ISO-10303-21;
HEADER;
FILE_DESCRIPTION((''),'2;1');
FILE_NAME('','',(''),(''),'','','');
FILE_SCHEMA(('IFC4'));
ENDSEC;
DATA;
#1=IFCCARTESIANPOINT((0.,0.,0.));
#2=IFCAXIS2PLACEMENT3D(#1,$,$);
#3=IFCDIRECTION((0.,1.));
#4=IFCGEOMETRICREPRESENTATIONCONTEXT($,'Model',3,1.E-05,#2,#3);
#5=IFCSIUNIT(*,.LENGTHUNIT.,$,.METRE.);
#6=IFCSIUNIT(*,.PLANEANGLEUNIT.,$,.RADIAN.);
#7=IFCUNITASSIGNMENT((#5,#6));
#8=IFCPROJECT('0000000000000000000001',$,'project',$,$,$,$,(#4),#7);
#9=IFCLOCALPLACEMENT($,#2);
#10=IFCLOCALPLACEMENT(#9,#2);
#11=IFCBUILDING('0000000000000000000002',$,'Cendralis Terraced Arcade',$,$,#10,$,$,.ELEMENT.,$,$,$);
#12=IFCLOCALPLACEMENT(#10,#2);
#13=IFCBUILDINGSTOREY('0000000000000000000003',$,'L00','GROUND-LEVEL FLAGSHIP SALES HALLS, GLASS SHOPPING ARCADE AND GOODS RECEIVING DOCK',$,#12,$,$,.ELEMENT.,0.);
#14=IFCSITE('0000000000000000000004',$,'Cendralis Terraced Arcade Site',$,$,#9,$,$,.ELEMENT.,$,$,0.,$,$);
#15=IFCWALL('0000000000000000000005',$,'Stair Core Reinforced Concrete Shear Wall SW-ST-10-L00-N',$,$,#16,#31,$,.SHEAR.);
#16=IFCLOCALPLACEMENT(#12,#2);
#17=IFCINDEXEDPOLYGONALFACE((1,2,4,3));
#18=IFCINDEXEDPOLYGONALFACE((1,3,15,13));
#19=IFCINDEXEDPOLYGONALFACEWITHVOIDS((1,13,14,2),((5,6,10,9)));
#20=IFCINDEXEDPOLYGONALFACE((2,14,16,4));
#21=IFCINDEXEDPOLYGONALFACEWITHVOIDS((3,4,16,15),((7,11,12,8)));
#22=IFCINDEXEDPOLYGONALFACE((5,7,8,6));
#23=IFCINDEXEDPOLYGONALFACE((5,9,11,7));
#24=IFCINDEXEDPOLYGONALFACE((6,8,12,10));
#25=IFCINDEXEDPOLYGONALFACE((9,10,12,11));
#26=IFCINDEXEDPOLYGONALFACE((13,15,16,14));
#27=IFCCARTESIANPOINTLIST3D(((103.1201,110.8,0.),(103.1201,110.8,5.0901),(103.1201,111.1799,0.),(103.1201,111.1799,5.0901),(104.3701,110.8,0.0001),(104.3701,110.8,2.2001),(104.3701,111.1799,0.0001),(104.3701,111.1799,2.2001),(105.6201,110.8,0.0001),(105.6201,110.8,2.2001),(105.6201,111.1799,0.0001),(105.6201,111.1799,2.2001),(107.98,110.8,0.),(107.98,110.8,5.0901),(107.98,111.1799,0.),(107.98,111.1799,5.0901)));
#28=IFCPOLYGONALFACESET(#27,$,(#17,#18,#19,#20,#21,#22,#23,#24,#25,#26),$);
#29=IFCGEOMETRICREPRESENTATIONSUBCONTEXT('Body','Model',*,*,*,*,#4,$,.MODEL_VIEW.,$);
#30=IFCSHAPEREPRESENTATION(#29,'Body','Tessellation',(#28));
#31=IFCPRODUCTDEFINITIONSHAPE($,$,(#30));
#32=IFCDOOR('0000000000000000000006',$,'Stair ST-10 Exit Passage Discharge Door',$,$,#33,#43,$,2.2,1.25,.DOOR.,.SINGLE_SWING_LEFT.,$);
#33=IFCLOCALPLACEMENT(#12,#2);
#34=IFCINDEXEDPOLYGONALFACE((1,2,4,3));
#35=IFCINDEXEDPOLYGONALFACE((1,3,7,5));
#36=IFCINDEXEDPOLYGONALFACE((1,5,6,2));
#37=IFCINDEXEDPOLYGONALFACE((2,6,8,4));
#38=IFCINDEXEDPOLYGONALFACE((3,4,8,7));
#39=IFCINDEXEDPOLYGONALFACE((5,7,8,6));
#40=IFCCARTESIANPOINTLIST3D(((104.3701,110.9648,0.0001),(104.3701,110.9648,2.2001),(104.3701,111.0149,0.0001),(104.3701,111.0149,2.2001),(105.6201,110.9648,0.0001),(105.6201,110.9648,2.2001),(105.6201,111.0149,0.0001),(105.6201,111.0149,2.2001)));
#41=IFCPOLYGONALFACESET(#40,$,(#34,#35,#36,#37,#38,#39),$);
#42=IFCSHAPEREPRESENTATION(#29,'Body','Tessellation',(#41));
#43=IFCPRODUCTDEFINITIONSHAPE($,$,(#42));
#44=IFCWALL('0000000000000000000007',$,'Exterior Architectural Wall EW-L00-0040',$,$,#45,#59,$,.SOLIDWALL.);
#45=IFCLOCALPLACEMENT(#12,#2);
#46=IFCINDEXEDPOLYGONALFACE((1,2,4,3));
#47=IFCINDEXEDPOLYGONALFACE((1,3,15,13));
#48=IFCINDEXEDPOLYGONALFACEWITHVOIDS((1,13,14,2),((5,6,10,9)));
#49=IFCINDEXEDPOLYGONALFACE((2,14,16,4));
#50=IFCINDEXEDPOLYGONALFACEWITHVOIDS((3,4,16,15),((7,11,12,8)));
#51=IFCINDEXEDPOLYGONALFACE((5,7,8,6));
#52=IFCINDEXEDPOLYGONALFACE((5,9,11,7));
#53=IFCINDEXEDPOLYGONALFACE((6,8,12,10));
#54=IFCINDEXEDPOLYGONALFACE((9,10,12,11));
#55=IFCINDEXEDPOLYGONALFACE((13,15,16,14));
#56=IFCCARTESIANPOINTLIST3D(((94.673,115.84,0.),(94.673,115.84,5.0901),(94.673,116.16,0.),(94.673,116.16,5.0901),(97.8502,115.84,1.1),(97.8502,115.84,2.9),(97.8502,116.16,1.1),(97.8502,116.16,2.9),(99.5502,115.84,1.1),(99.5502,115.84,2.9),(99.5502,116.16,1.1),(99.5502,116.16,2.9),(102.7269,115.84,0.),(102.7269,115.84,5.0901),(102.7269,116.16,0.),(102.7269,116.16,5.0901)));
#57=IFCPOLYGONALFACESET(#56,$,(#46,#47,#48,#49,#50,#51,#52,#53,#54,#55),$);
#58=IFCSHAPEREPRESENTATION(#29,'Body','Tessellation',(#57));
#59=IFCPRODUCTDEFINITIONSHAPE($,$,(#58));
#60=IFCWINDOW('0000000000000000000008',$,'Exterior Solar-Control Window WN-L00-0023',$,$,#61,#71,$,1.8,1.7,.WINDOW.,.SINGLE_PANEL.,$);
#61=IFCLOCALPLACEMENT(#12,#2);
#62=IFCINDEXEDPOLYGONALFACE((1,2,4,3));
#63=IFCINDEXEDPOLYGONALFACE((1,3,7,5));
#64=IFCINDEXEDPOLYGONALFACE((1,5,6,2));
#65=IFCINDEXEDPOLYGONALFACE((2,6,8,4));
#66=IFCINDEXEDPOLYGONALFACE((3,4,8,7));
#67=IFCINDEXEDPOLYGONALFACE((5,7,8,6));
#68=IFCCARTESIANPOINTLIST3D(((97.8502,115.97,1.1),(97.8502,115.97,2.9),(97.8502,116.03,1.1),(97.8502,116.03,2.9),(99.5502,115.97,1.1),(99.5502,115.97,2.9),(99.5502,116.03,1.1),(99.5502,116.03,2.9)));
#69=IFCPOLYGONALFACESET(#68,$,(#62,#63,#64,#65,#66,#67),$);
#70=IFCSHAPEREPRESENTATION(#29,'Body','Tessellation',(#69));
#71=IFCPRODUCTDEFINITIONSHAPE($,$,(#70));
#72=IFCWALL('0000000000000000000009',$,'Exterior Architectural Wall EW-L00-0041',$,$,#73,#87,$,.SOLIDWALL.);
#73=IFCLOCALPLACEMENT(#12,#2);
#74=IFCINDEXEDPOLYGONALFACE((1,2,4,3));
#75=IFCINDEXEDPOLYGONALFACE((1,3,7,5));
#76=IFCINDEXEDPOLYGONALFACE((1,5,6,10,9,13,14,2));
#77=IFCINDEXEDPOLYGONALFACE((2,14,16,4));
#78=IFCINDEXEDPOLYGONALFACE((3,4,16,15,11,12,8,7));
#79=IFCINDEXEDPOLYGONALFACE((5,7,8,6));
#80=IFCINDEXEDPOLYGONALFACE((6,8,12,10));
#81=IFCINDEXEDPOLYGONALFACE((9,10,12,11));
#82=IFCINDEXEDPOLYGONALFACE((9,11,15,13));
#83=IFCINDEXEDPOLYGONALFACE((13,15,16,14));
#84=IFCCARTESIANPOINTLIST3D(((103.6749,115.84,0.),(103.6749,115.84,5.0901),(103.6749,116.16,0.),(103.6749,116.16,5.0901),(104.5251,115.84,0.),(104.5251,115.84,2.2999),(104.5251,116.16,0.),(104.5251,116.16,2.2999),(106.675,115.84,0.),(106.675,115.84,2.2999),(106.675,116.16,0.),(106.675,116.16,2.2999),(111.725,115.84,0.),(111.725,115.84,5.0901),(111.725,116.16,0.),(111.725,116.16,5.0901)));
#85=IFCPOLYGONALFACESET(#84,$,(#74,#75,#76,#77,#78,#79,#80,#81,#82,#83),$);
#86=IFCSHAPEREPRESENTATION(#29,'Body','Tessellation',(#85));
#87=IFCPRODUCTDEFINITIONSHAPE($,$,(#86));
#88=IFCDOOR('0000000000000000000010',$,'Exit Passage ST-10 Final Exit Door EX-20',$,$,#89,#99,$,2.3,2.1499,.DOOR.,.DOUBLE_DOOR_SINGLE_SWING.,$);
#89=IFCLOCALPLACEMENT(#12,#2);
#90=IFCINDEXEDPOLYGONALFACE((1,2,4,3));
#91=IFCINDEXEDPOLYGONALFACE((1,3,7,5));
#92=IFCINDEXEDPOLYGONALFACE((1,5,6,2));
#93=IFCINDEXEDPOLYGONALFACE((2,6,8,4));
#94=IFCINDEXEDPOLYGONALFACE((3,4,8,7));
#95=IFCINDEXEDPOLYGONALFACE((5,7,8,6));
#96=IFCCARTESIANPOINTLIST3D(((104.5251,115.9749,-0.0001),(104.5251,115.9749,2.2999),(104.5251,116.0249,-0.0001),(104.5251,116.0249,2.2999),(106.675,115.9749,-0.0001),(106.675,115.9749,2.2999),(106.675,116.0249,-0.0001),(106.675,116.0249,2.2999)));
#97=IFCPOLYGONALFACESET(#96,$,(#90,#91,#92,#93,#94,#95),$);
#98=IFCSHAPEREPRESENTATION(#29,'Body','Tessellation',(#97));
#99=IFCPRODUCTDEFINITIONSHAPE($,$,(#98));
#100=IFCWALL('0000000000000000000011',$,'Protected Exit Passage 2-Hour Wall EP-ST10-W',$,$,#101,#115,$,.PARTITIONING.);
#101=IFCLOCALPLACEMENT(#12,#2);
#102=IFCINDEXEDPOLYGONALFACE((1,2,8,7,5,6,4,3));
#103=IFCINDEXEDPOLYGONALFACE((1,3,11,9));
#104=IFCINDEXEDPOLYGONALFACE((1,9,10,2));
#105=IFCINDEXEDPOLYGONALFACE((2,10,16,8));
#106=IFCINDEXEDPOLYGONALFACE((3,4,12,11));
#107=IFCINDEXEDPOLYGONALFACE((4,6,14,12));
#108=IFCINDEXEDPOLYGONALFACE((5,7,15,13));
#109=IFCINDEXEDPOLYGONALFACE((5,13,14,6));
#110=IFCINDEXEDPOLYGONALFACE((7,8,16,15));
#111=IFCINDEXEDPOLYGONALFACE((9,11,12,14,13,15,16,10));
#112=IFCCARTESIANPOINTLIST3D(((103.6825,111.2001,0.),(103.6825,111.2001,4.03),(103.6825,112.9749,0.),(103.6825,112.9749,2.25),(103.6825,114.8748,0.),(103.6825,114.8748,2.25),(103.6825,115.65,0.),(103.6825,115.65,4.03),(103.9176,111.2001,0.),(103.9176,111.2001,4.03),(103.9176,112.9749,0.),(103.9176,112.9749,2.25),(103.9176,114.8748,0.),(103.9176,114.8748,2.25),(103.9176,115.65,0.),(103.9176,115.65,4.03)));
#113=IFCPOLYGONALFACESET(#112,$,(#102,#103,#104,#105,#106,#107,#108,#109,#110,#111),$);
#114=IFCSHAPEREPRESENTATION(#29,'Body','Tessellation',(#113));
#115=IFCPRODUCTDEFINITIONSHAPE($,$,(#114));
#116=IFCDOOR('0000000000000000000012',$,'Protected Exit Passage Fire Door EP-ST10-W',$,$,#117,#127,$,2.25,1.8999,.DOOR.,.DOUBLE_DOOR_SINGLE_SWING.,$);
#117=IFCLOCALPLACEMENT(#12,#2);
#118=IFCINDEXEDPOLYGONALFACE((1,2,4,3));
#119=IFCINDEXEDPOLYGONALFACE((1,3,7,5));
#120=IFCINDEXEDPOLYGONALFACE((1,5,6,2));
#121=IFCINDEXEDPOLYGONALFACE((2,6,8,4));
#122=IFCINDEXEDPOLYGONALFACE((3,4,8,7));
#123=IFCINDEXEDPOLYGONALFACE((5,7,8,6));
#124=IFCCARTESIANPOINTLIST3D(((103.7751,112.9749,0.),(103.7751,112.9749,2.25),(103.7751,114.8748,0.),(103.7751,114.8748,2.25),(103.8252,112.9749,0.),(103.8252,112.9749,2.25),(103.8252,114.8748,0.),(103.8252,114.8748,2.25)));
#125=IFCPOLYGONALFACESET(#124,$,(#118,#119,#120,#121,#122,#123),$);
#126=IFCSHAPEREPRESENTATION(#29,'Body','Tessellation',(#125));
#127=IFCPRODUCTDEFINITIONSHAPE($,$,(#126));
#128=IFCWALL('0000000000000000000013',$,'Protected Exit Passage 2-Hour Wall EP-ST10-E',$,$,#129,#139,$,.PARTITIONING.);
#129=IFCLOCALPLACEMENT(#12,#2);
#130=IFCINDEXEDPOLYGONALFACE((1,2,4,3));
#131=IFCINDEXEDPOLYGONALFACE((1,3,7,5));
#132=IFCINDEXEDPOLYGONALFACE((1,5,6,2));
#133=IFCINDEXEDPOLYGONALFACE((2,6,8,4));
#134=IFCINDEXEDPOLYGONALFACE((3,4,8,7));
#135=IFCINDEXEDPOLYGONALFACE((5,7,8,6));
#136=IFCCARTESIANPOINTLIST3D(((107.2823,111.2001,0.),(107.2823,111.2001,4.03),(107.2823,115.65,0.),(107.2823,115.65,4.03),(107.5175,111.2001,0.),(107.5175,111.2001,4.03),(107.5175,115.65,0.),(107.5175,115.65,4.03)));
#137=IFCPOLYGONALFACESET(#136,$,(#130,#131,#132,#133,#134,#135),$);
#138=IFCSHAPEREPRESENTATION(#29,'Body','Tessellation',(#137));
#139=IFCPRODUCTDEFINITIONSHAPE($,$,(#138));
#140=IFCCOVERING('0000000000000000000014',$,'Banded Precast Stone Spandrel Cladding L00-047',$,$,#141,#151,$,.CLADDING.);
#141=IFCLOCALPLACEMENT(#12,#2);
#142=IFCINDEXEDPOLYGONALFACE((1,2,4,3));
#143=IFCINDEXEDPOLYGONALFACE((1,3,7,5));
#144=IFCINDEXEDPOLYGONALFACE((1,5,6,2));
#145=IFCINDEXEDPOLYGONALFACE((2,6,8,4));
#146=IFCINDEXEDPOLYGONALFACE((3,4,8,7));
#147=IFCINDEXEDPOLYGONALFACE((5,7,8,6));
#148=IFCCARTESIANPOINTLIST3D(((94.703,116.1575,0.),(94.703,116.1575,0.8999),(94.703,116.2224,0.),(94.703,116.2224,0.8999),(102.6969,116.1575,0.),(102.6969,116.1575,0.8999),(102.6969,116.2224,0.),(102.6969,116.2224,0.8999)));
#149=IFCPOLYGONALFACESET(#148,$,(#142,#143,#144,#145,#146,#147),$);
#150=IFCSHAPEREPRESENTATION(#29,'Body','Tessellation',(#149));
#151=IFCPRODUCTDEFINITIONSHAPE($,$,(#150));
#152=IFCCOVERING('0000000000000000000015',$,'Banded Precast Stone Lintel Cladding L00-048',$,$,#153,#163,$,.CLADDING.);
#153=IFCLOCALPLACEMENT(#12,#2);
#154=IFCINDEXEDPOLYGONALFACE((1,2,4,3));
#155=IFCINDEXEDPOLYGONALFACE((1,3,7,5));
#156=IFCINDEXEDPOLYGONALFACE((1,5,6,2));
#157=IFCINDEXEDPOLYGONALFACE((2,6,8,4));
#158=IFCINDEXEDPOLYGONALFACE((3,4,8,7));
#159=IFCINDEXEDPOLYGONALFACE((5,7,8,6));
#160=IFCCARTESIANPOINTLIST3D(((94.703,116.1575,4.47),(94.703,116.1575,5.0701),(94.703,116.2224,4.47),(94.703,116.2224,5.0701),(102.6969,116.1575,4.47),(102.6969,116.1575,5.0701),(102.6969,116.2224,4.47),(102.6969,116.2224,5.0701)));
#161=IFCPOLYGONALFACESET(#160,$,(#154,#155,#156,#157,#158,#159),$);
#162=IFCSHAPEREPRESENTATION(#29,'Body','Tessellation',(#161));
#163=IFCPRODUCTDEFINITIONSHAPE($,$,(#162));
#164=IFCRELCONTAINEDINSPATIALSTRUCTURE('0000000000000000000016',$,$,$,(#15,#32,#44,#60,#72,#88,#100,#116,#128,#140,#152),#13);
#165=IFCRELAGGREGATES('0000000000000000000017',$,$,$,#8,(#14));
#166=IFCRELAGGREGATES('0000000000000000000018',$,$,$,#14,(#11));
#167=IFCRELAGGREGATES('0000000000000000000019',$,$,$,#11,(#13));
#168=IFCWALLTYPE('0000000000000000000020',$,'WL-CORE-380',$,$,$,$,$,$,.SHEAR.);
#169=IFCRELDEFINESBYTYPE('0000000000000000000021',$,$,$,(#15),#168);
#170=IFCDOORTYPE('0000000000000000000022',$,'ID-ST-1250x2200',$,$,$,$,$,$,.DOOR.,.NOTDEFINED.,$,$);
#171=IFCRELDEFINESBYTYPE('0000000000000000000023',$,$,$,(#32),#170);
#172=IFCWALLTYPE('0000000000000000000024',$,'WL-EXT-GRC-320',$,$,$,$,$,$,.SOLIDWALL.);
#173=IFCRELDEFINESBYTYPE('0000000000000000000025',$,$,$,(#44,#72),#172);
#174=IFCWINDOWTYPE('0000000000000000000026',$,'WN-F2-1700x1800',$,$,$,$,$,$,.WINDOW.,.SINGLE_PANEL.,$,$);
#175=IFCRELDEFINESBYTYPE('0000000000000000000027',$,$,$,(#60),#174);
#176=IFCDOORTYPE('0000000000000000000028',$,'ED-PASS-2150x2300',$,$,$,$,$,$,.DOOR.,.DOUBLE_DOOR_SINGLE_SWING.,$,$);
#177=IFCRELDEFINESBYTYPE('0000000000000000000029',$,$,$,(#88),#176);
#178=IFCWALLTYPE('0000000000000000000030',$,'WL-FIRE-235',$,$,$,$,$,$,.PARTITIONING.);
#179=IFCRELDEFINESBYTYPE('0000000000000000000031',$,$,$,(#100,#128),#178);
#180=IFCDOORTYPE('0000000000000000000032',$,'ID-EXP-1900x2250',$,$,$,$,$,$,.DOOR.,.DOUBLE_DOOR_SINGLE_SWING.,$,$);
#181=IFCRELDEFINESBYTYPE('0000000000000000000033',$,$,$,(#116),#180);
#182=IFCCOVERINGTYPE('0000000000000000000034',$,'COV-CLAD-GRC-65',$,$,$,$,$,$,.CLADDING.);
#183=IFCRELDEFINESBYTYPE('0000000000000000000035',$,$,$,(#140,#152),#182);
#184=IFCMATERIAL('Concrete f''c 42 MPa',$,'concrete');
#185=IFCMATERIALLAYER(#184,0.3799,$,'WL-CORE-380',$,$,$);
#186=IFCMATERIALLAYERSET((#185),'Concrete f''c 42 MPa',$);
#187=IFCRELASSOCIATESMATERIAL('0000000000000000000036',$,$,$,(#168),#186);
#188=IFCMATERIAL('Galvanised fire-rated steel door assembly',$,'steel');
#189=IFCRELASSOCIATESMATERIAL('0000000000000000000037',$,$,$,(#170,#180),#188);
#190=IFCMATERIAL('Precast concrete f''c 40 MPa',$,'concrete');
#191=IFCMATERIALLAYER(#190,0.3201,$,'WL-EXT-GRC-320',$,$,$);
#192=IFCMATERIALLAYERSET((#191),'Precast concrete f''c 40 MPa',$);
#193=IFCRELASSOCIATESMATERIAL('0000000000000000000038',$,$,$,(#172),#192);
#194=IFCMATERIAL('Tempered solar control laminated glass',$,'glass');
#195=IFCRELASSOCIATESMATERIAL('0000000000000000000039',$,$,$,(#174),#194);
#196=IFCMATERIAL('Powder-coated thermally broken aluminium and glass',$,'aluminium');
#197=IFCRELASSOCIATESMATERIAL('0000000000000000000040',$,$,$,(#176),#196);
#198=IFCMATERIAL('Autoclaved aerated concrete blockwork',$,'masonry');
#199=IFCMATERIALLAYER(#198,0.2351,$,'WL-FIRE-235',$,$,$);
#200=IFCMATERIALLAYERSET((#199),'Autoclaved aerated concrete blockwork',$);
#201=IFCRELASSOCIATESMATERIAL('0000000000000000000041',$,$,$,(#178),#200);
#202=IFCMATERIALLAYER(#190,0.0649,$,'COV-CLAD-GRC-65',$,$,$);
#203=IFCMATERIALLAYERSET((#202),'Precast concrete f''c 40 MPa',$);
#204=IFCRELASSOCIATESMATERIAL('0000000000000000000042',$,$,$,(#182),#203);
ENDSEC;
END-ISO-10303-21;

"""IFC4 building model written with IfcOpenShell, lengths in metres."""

from ifc_helpers import new_model, si_unit, direction, frame, frame_2d, origin, origin_2d, place, context, subcontext, project, spatial, rectangle, extrude, material, layer, layer_set, type_object, element, fill, save


model = new_model("IFC4")

# Units and contexts
model_context = context("Model", 3, precision=1e-05, world=origin(), true_north=direction((0.0, 1.0)))
body_context = subcontext(model_context, "Body", "Model", "MODEL_VIEW")
ifc_project = project(units=[si_unit("LENGTHUNIT", "METRE"), si_unit("PLANEANGLEUNIT", "RADIAN")], contexts=[model_context])

# Site, building, storey
site_placement = place(None, origin())
site = spatial("IfcSite", under=ifc_project, at=site_placement, Name="Cendralis Terraced Arcade Site", CompositionType="ELEMENT", RefElevation=0.0)
building_placement = place(site_placement, origin())
building = spatial("IfcBuilding", under=site, at=building_placement, Name="Cendralis Terraced Arcade", CompositionType="ELEMENT")
storey_placement = place(building_placement, origin())
storey = spatial("IfcBuildingStorey", under=building, at=storey_placement, Name="L00", Description="GROUND-LEVEL FLAGSHIP SALES HALLS, GLASS SHOPPING ARCADE AND GOODS RECEIVING DOCK", CompositionType="ELEMENT", Elevation=0.0)

# Shared definitions
ifc_material_1 = material(Name="Concrete f'c 42 MPa", Category="concrete")

# Wall, opening, door
ifc_layer_1 = layer(ifc_material_1, 0.3799, Name="WL-CORE-380")
ifc_layer_set_1 = layer_set([ifc_layer_1], Name="Concrete f'c 42 MPa")
wall_type_1 = type_object("IfcWallType", Name="WL-CORE-380", PredefinedType="SHEAR", material=ifc_layer_set_1)
wall_1_placement = place(storey_placement, frame((103.1201, 110.99, 0.0), z_axis=(0.0, 0.0, 1.0), x_axis=(1.0, 0.0, 0.0)))
wall_1 = element("IfcWall", 1, at=wall_1_placement, inside=storey, type_object=wall_type_1, Name="Stair Core Reinforced Concrete Shear Wall SW-ST-10-L00-N", PredefinedType="SHEAR", context=body_context, shape_type="SweptSolid", body=[
    extrude(rectangle(XDim=4.8599, YDim=0.3799, at=frame_2d((2.4299, 0.0))), origin(), (0.0, 0.0, 1.0), 5.0901),
])
opening_1_placement = place(wall_1_placement, frame((1.25, 0.0, 0.0)))
opening_1 = element("IfcOpeningElement", 2, at=opening_1_placement, cuts=wall_1, PredefinedType="OPENING", context=body_context, shape_type="SweptSolid", body=[
    extrude(rectangle(XDim=1.25, YDim=2.2, at=frame_2d((0.625, 1.1001))), frame((0.0, 0.2019, 0.0), z_axis=(0.0, -1.0, 0.0), x_axis=(1.0, 0.0, 0.0)), (0.0, 0.0, 1.0), 0.4038),
])
ifc_material_2 = material(Name="Galvanised fire-rated steel door assembly", Category="steel")
door_type_1 = type_object("IfcDoorType", Name="ID-ST-1250x2200", OperationType="NOTDEFINED", PredefinedType="DOOR", material=ifc_material_2)
door_1_placement = place(opening_1_placement, origin())
door_1 = element("IfcDoor", 3, at=door_1_placement, inside=storey, type_object=door_type_1, Name="Stair ST-10 Exit Passage Discharge Door", OperationType="SINGLE_SWING_LEFT", OverallHeight=2.2, OverallWidth=1.25, PredefinedType="DOOR", context=body_context, shape_type="SweptSolid", body=[
    extrude(rectangle(XDim=1.25, YDim=2.2, at=frame_2d((0.625, 1.1001))), frame((0.0, 0.0249, 0.0), z_axis=(0.0, -1.0, 0.0), x_axis=(1.0, 0.0, 0.0)), (0.0, 0.0, 1.0), 0.05),
])
fill(opening_1, door_1)

# Wall, opening, window
ifc_material_3 = material(Name="Precast concrete f'c 40 MPa", Category="concrete")
ifc_layer_2 = layer(ifc_material_3, 0.3201, Name="WL-EXT-GRC-320")
ifc_layer_set_2 = layer_set([ifc_layer_2], Name="Precast concrete f'c 40 MPa")
wall_type_2 = type_object("IfcWallType", Name="WL-EXT-GRC-320", PredefinedType="SOLIDWALL", material=ifc_layer_set_2)
wall_2_placement = place(storey_placement, frame((94.6731, 116.0, 0.0), z_axis=(0.0, 0.0, 1.0), x_axis=(1.0, 0.0, 0.0)))
wall_2 = element("IfcWall", 4, at=wall_2_placement, inside=storey, type_object=wall_type_2, Name="Exterior Architectural Wall EW-L00-0040", PredefinedType="SOLIDWALL", context=body_context, shape_type="SweptSolid", body=[
    extrude(rectangle(XDim=8.054, YDim=0.3201, at=frame_2d((4.0269, 0.0))), origin(), (0.0, 0.0, 1.0), 5.0901),
])
opening_2_placement = place(wall_2_placement, frame((3.177, 0.0, 1.1001)))
opening_2 = element("IfcOpeningElement", 5, at=opening_2_placement, cuts=wall_2, PredefinedType="OPENING", context=body_context, shape_type="SweptSolid", body=[
    extrude(rectangle(XDim=1.7, YDim=1.8, at=frame_2d((0.8501, 0.8999))), frame((0.0, 0.1719, 0.0), z_axis=(0.0, -1.0, 0.0), x_axis=(1.0, 0.0, 0.0)), (0.0, 0.0, 1.0), 0.344),
])
ifc_material_4 = material(Name="Tempered solar control laminated glass", Category="glass")
window_type = type_object("IfcWindowType", Name="WN-F2-1700x1800", PartitioningType="SINGLE_PANEL", PredefinedType="WINDOW", material=ifc_material_4)
window_placement = place(opening_2_placement, origin())
window = element("IfcWindow", 6, at=window_placement, inside=storey, type_object=window_type, Name="Exterior Solar-Control Window WN-L00-0023", OverallHeight=1.8, OverallWidth=1.7, PartitioningType="SINGLE_PANEL", PredefinedType="WINDOW", context=body_context, shape_type="SweptSolid", body=[
    extrude(rectangle(XDim=1.7, YDim=1.8, at=frame_2d((0.8501, 0.8999))), frame((0.0, 0.03, 0.0), z_axis=(0.0, -1.0, 0.0), x_axis=(1.0, 0.0, 0.0)), (0.0, 0.0, 1.0), 0.0601),
])
fill(opening_2, window)

# Walls, openings, doors
wall_3_placement = place(storey_placement, frame((103.675, 116.0, 0.0), z_axis=(0.0, 0.0, 1.0), x_axis=(1.0, 0.0, 0.0)))
wall_3 = element("IfcWall", 7, at=wall_3_placement, inside=storey, type_object=wall_type_2, Name="Exterior Architectural Wall EW-L00-0041", PredefinedType="SOLIDWALL", context=body_context, shape_type="SweptSolid", body=[
    extrude(rectangle(XDim=8.05, YDim=0.3201, at=frame_2d((4.0249, 0.0))), origin(), (0.0, 0.0, 1.0), 5.0901),
])
opening_3_placement = place(wall_3_placement, frame((0.8501, 0.0, 0.0)))
opening_3 = element("IfcOpeningElement", 8, at=opening_3_placement, cuts=wall_3, PredefinedType="OPENING", context=body_context, shape_type="SweptSolid", body=[
    extrude(rectangle(XDim=2.1499, YDim=2.3, at=frame_2d((1.075, 1.1499))), frame((0.0, 0.1719, 0.0), z_axis=(0.0, -1.0, 0.0), x_axis=(1.0, 0.0, 0.0)), (0.0, 0.0, 1.0), 0.344),
])
ifc_material_5 = material(Name="Powder-coated thermally broken aluminium and glass", Category="aluminium")
door_type_2 = type_object("IfcDoorType", Name="ED-PASS-2150x2300", OperationType="DOUBLE_DOOR_SINGLE_SWING", PredefinedType="DOOR", material=ifc_material_5)
door_2_placement = place(opening_3_placement, origin())
door_2 = element("IfcDoor", 9, at=door_2_placement, inside=storey, type_object=door_type_2, Name="Exit Passage ST-10 Final Exit Door EX-20", OperationType="DOUBLE_DOOR_SINGLE_SWING", OverallHeight=2.3, OverallWidth=2.1499, PredefinedType="DOOR", context=body_context, shape_type="SweptSolid", body=[
    extrude(rectangle(XDim=2.1499, YDim=2.3, at=frame_2d((1.075, 1.1499))), frame((0.0, 0.0249, 0.0), z_axis=(0.0, -1.0, 0.0), x_axis=(1.0, 0.0, 0.0)), (0.0, 0.0, 1.0), 0.05),
])
fill(opening_3, door_2)
ifc_material_6 = material(Name="Autoclaved aerated concrete blockwork", Category="masonry")
ifc_layer_3 = layer(ifc_material_6, 0.2351, Name="WL-FIRE-235")
ifc_layer_set_3 = layer_set([ifc_layer_3], Name="Autoclaved aerated concrete blockwork")
wall_type_3 = type_object("IfcWallType", Name="WL-FIRE-235", PredefinedType="PARTITIONING", material=ifc_layer_set_3)
wall_4_placement = place(storey_placement, frame((103.8, 111.2, 0.0), z_axis=(0.0, 0.0, 1.0), x_axis=(0.0, 1.0, 0.0)))
wall_4 = element("IfcWall", 10, at=wall_4_placement, inside=storey, type_object=wall_type_3, Name="Protected Exit Passage 2-Hour Wall EP-ST10-W", PredefinedType="PARTITIONING", context=body_context, shape_type="SweptSolid", body=[
    extrude(rectangle(XDim=4.45, YDim=0.2351, at=frame_2d((2.2251, 0.0))), origin(), (0.0, 0.0, 1.0), 4.03),
])
opening_4_placement = place(wall_4_placement, frame((1.7749, 0.0, 0.0)))
opening_4 = element("IfcOpeningElement", 11, at=opening_4_placement, cuts=wall_4, PredefinedType="OPENING", context=body_context, shape_type="SweptSolid", body=[
    extrude(rectangle(XDim=1.8999, YDim=2.25, at=frame_2d((0.95, 1.125))), frame((0.0, 0.1294, 0.0), z_axis=(0.0, -1.0, 0.0), x_axis=(1.0, 0.0, 0.0)), (0.0, 0.0, 1.0), 0.259),
])
door_type_3 = type_object("IfcDoorType", Name="ID-EXP-1900x2250", OperationType="DOUBLE_DOOR_SINGLE_SWING", PredefinedType="DOOR", material=ifc_material_2)
door_3_placement = place(opening_4_placement, origin())
door_3 = element("IfcDoor", 12, at=door_3_placement, inside=storey, type_object=door_type_3, Name="Protected Exit Passage Fire Door EP-ST10-W", OperationType="DOUBLE_DOOR_SINGLE_SWING", OverallHeight=2.25, OverallWidth=1.8999, PredefinedType="DOOR", context=body_context, shape_type="SweptSolid", body=[
    extrude(rectangle(XDim=1.8999, YDim=2.25, at=frame_2d((0.95, 1.125))), frame((0.0, 0.0249, 0.0), z_axis=(0.0, -1.0, 0.0), x_axis=(1.0, 0.0, 0.0)), (0.0, 0.0, 1.0), 0.05),
])
fill(opening_4, door_3)

# Wall
wall_5_placement = place(storey_placement, frame((107.3999, 111.2, 0.0), z_axis=(0.0, 0.0, 1.0), x_axis=(0.0, 1.0, 0.0)))
element("IfcWall", 13, at=wall_5_placement, inside=storey, type_object=wall_type_3, Name="Protected Exit Passage 2-Hour Wall EP-ST10-E", PredefinedType="PARTITIONING", context=body_context, shape_type="SweptSolid", body=[
    extrude(rectangle(XDim=4.45, YDim=0.2351, at=frame_2d((2.2251, 0.0))), origin(), (0.0, 0.0, 1.0), 4.03),
])

# Coverings
ifc_layer_4 = layer(ifc_material_3, 0.0649, Name="COV-CLAD-GRC-65")
ifc_layer_set_4 = layer_set([ifc_layer_4], Name="Precast concrete f'c 40 MPa")
covering_type = type_object("IfcCoveringType", Name="COV-CLAD-GRC-65", PredefinedType="CLADDING", material=ifc_layer_set_4)
covering_1_placement = place(storey_placement, frame((98.7, 116.1899, 0.0), z_axis=(0.0, 0.0, 1.0), x_axis=(1.0, 0.0, 0.0)))
element("IfcCovering", 14, at=covering_1_placement, inside=storey, type_object=covering_type, Name="Banded Precast Stone Spandrel Cladding L00-047", PredefinedType="CLADDING", context=body_context, shape_type="SweptSolid", body=[
    extrude(rectangle(XDim=7.9939, YDim=0.0649, at=origin_2d()), origin(), (0.0, 0.0, 1.0), 0.8999),
])
covering_2_placement = place(storey_placement, frame((98.7, 116.1899, 4.47), z_axis=(0.0, 0.0, 1.0), x_axis=(1.0, 0.0, 0.0)))
element("IfcCovering", 15, at=covering_2_placement, inside=storey, type_object=covering_type, Name="Banded Precast Stone Lintel Cladding L00-048", PredefinedType="CLADDING", context=body_context, shape_type="SweptSolid", body=[
    extrude(rectangle(XDim=7.9939, YDim=0.0649, at=origin_2d()), origin(), (0.0, 0.0, 1.0), 0.6001),
])

save(model, "model.ifc")
